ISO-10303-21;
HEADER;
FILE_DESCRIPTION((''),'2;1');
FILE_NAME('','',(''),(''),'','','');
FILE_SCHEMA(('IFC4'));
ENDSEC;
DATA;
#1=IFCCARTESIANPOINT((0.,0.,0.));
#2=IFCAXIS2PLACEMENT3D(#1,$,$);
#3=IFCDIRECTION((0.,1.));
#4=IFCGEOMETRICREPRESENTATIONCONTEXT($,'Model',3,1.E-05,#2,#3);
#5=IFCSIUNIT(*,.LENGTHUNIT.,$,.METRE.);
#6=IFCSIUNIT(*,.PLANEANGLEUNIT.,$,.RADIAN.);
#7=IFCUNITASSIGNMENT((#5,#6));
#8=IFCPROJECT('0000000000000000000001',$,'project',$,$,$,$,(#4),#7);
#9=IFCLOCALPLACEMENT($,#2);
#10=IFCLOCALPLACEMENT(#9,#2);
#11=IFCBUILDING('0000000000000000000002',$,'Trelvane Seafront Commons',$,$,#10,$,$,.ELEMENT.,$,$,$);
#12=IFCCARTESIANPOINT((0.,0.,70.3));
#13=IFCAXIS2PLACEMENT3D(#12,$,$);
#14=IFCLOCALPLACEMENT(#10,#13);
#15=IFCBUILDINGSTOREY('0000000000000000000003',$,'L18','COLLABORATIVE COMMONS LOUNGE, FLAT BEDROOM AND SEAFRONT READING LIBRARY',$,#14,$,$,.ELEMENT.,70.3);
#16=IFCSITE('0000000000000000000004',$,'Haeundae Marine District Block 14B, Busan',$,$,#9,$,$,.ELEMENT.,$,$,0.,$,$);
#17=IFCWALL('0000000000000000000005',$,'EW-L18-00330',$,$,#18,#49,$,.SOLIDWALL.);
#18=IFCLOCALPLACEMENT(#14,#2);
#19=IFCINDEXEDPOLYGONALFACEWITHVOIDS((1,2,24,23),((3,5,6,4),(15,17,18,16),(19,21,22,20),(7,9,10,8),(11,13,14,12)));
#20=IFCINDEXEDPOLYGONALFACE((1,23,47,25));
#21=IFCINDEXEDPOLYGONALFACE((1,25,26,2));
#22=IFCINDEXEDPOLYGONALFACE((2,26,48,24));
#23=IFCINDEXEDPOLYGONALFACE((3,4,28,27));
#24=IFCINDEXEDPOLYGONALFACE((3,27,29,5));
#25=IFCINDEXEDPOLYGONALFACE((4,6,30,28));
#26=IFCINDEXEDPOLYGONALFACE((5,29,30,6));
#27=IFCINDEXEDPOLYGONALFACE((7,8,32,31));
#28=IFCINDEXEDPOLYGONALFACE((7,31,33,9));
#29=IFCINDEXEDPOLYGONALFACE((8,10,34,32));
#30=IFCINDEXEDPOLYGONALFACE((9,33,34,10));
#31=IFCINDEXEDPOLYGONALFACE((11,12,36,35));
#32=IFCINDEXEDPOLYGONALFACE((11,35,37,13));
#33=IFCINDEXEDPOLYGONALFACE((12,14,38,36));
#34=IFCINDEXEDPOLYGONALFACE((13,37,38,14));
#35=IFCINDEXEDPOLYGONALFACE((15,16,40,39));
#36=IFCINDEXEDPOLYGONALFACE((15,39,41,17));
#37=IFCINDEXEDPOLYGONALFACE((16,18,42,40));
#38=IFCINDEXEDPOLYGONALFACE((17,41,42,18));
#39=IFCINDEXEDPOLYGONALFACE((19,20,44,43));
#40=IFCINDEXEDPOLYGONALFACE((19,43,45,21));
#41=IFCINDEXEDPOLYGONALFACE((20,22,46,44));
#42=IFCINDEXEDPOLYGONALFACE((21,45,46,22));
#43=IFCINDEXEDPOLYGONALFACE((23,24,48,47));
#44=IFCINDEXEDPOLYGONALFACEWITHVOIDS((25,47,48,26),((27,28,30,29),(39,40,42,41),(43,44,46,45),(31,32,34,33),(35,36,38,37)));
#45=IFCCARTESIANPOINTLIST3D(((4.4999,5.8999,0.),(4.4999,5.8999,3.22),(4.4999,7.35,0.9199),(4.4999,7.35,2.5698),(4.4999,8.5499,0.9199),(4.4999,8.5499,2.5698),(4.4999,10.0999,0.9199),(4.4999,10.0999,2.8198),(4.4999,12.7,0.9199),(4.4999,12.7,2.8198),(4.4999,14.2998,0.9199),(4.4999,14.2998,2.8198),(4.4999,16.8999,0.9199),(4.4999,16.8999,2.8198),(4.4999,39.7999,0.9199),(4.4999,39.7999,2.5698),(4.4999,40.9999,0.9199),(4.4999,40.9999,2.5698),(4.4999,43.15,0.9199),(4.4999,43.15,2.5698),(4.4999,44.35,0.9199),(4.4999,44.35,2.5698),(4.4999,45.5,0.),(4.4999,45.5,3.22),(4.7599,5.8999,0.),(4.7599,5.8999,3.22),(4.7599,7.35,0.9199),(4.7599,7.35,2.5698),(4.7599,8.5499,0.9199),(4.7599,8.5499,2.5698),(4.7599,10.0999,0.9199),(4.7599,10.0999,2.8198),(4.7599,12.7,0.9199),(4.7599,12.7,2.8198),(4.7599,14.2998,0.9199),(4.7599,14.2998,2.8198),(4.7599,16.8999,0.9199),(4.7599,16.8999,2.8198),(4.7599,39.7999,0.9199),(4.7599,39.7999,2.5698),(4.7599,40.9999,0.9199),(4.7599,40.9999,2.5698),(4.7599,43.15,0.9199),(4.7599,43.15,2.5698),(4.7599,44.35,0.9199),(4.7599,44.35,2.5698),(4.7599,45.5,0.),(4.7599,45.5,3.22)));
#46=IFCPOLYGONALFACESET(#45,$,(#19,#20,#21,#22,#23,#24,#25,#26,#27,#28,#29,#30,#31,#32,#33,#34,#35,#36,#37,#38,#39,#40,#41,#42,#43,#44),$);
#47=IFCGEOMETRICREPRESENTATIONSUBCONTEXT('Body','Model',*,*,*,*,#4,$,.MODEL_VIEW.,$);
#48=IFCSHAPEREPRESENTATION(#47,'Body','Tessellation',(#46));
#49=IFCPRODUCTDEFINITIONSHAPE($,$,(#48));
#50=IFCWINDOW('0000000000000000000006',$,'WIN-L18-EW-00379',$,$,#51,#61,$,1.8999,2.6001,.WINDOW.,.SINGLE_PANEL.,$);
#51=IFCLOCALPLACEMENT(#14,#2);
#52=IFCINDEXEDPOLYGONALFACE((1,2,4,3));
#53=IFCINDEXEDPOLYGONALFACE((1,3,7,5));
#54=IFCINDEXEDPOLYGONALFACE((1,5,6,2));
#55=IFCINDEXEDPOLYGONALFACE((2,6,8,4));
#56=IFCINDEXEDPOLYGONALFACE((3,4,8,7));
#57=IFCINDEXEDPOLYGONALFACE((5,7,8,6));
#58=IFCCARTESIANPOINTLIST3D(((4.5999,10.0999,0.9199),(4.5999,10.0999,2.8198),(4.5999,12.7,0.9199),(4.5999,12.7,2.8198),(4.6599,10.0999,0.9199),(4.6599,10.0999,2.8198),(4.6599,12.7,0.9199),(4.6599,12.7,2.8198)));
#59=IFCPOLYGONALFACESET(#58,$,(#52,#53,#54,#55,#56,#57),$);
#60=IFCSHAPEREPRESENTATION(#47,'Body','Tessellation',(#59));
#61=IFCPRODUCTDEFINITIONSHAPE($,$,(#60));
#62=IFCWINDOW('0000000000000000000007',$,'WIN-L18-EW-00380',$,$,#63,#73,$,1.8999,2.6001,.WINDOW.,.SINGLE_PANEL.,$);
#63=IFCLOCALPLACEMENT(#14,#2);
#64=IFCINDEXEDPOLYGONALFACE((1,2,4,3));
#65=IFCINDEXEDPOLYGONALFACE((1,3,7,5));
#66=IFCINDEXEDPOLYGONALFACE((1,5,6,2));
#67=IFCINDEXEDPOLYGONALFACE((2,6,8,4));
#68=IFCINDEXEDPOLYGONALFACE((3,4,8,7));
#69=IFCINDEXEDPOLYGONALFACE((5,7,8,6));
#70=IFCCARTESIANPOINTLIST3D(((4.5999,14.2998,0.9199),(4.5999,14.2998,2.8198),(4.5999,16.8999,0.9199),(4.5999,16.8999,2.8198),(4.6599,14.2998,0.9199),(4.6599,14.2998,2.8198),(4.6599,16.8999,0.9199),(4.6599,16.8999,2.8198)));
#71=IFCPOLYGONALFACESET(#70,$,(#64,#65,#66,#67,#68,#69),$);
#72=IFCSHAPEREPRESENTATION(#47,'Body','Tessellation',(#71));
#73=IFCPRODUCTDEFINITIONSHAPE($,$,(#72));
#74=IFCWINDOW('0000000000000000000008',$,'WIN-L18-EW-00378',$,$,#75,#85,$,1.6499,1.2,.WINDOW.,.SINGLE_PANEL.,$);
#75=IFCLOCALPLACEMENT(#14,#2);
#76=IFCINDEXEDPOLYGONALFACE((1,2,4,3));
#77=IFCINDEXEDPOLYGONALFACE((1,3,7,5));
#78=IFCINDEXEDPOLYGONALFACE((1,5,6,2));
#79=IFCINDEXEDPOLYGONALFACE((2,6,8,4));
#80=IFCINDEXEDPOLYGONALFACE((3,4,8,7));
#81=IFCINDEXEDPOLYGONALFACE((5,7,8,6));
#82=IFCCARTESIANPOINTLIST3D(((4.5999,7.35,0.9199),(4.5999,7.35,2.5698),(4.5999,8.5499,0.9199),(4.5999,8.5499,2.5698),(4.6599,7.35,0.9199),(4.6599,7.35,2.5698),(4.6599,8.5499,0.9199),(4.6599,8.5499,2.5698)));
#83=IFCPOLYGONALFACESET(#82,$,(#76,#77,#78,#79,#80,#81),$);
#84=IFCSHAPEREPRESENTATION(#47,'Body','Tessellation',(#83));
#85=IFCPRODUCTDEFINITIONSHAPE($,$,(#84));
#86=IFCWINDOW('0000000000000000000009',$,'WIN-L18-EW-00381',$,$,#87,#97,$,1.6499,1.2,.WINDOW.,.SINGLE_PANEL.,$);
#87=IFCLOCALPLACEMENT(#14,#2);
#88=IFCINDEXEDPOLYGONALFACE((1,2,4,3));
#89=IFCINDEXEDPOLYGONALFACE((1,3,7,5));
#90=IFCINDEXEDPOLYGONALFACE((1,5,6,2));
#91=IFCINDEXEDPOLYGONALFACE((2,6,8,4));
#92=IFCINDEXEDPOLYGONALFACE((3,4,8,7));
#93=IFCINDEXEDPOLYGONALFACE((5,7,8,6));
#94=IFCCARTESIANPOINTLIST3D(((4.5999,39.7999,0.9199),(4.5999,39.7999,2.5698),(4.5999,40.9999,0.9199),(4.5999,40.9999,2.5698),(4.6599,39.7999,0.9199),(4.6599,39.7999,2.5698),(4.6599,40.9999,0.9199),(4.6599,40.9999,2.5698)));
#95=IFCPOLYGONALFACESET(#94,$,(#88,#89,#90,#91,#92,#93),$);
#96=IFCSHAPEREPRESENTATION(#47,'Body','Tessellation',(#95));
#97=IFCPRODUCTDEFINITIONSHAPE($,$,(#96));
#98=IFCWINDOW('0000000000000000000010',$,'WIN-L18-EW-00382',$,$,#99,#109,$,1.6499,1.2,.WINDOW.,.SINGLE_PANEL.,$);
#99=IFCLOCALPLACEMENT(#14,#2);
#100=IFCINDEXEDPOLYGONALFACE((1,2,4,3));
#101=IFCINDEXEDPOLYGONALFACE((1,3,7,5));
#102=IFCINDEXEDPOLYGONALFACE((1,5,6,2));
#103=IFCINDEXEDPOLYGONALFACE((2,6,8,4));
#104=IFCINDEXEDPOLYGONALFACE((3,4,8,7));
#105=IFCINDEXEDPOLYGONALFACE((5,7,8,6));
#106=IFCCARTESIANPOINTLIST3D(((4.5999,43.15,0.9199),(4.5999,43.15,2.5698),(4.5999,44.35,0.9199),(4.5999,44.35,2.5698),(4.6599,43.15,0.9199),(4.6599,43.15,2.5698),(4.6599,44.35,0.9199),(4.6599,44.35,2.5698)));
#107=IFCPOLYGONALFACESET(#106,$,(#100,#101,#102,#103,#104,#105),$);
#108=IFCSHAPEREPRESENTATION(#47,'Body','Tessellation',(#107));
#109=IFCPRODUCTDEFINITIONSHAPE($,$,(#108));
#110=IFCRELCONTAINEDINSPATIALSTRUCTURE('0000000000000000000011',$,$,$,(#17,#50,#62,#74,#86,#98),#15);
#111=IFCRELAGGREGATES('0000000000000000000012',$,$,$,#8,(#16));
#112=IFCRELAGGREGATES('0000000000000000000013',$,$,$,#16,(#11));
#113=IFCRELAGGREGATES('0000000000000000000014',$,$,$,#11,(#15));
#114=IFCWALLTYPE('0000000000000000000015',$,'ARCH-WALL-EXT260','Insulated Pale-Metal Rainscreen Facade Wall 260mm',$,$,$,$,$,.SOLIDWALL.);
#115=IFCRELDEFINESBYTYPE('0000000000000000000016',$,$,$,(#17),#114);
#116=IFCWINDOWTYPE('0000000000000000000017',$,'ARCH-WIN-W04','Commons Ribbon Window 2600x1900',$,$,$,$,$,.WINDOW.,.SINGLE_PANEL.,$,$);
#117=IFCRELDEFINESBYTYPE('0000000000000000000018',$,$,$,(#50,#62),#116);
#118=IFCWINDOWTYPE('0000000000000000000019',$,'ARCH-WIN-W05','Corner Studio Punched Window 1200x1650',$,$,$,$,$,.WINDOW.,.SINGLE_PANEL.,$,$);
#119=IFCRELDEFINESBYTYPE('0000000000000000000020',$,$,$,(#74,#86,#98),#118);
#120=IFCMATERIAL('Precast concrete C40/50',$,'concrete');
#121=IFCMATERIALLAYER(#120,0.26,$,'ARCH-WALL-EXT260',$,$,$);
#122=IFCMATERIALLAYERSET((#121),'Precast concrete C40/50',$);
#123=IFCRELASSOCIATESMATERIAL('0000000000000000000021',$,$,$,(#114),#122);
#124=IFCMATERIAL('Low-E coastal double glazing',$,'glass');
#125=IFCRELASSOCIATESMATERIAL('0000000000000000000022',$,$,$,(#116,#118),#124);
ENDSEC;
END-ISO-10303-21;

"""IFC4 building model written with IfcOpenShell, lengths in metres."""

from ifc_helpers import new_model, si_unit, direction, frame, frame_2d, origin, place, context, subcontext, project, spatial, rectangle, extrude, source, transform, mapped, material, layer, layer_set, type_object, element, fill, save


model = new_model("IFC4")

# Units and contexts
model_context = context("Model", 3, precision=1e-05, world=origin(), true_north=direction((0.0, 1.0)))
body_context = subcontext(model_context, "Body", "Model", "MODEL_VIEW")
ifc_project = project(units=[si_unit("LENGTHUNIT", "METRE"), si_unit("PLANEANGLEUNIT", "RADIAN")], contexts=[model_context])

# Site, building, storey
site_placement = place(None, origin())
site = spatial("IfcSite", under=ifc_project, at=site_placement, Name="Haeundae Marine District Block 14B, Busan", CompositionType="ELEMENT", RefElevation=0.0)
building_placement = place(site_placement, origin())
building = spatial("IfcBuilding", under=site, at=building_placement, Name="Trelvane Seafront Commons", CompositionType="ELEMENT")
storey_placement = place(building_placement, frame((0.0, 0.0, 70.3)))
storey = spatial("IfcBuildingStorey", under=building, at=storey_placement, Name="L18", Description="COLLABORATIVE COMMONS LOUNGE, FLAT BEDROOM AND SEAFRONT READING LIBRARY", CompositionType="ELEMENT", Elevation=70.3)

# Shared definitions
ifc_material_1 = material(Name="Precast concrete C40/50", Category="concrete")
ifc_layer_1 = layer(ifc_material_1, 0.26, Name="ARCH-WALL-EXT260")
ifc_layer_set_1 = layer_set([ifc_layer_1], Name="Precast concrete C40/50")
wall_type_1 = type_object("IfcWallType", Name="ARCH-WALL-EXT260", Description="Insulated Pale-Metal Rainscreen Facade Wall 260mm", PredefinedType="SOLIDWALL", material=ifc_layer_set_1)

# Wall, openings, windows
wall_1_placement = place(storey_placement, frame((4.6299, 5.8999, 0.0), z_axis=(0.0, 0.0, 1.0), x_axis=(0.0, 1.0, 0.0)))
wall_1 = element("IfcWall", 1, at=wall_1_placement, inside=storey, type_object=wall_type_1, Name="EW-L18-00330", PredefinedType="SOLIDWALL", context=body_context, shape_type="SweptSolid", body=[
    extrude(rectangle(XDim=39.6001, YDim=0.26, at=frame_2d((19.8, 0.0))), origin(), (0.0, 0.0, 1.0), 3.22),
])
opening_1_placement = place(wall_1_placement, frame((1.45, 0.0, 0.9199)))
opening_1 = element("IfcOpeningElement", 2, at=opening_1_placement, cuts=wall_1, PredefinedType="OPENING", context=body_context, shape_type="SweptSolid", body=[
    extrude(rectangle(XDim=1.2, YDim=1.6499, at=frame_2d((0.6001, 0.825))), frame((0.0, 0.1399, 0.0), z_axis=(0.0, -1.0, 0.0), x_axis=(1.0, 0.0, 0.0)), (0.0, 0.0, 1.0), 0.28),
])
opening_2_placement = place(wall_1_placement, frame((4.2, 0.0, 0.9199)))
opening_2 = element("IfcOpeningElement", 3, at=opening_2_placement, cuts=wall_1, PredefinedType="OPENING", context=body_context, shape_type="SweptSolid", body=[
    extrude(rectangle(XDim=2.6001, YDim=1.8999, at=frame_2d((1.3, 0.95))), frame((0.0, 0.1399, 0.0), z_axis=(0.0, -1.0, 0.0), x_axis=(1.0, 0.0, 0.0)), (0.0, 0.0, 1.0), 0.28),
])
opening_3_placement = place(wall_1_placement, frame((8.3999, 0.0, 0.9199)))
opening_3 = element("IfcOpeningElement", 4, at=opening_3_placement, cuts=wall_1, PredefinedType="OPENING", context=body_context, shape_type="SweptSolid", body=[
    extrude(rectangle(XDim=2.6001, YDim=1.8999, at=frame_2d((1.3, 0.95))), frame((0.0, 0.1399, 0.0), z_axis=(0.0, -1.0, 0.0), x_axis=(1.0, 0.0, 0.0)), (0.0, 0.0, 1.0), 0.28),
])
opening_4_placement = place(wall_1_placement, frame((33.8999, 0.0, 0.9199)))
opening_4 = element("IfcOpeningElement", 5, at=opening_4_placement, cuts=wall_1, PredefinedType="OPENING", context=body_context, shape_type="SweptSolid", body=[
    extrude(rectangle(XDim=1.2, YDim=1.6499, at=frame_2d((0.6001, 0.825))), frame((0.0, 0.1399, 0.0), z_axis=(0.0, -1.0, 0.0), x_axis=(1.0, 0.0, 0.0)), (0.0, 0.0, 1.0), 0.28),
])
opening_5_placement = place(wall_1_placement, frame((37.25, 0.0, 0.9199)))
opening_5 = element("IfcOpeningElement", 6, at=opening_5_placement, cuts=wall_1, PredefinedType="OPENING", context=body_context, shape_type="SweptSolid", body=[
    extrude(rectangle(XDim=1.2, YDim=1.6499, at=frame_2d((0.6001, 0.825))), frame((0.0, 0.1399, 0.0), z_axis=(0.0, -1.0, 0.0), x_axis=(1.0, 0.0, 0.0)), (0.0, 0.0, 1.0), 0.28),
])
ifc_material_2 = material(Name="Low-E coastal double glazing", Category="glass")
window_type_1 = type_object("IfcWindowType", Name="ARCH-WIN-W04", Description="Commons Ribbon Window 2600x1900", PartitioningType="SINGLE_PANEL", PredefinedType="WINDOW", material=ifc_material_2)
shared_shape_1 = source(origin(), body_context, "Body", "SweptSolid", [
    extrude(rectangle(XDim=2.6001, YDim=1.8999, at=frame_2d((1.3, 0.95))), frame((0.0, 0.03, 0.0), z_axis=(0.0, -1.0, 0.0), x_axis=(1.0, 0.0, 0.0)), (0.0, 0.0, 1.0), 0.0601),
])
window_1_placement = place(opening_2_placement, origin())
window_1 = element("IfcWindow", 7, at=window_1_placement, inside=storey, type_object=window_type_1, Name="WIN-L18-EW-00379", OverallHeight=1.8999, OverallWidth=2.6001, PartitioningType="SINGLE_PANEL", PredefinedType="WINDOW", context=body_context, shape_type="MappedRepresentation", body=[
    mapped(shared_shape_1, transform((0.0, 0.0, 0.0), x_axis=(1.0, 0.0, 0.0), y_axis=(0.0, 1.0, 0.0), z_axis=(0.0, 0.0, 1.0), scale=1.0)),
])
fill(opening_2, window_1)
window_2_placement = place(opening_3_placement, origin())
window_2 = element("IfcWindow", 8, at=window_2_placement, inside=storey, type_object=window_type_1, Name="WIN-L18-EW-00380", OverallHeight=1.8999, OverallWidth=2.6001, PartitioningType="SINGLE_PANEL", PredefinedType="WINDOW", context=body_context, shape_type="MappedRepresentation", body=[
    mapped(shared_shape_1, transform((0.0, 0.0, 0.0), x_axis=(1.0, 0.0, 0.0), y_axis=(0.0, 1.0, 0.0), z_axis=(0.0, 0.0, 1.0), scale=1.0)),
])
fill(opening_3, window_2)
window_type_2 = type_object("IfcWindowType", Name="ARCH-WIN-W05", Description="Corner Studio Punched Window 1200x1650", PartitioningType="SINGLE_PANEL", PredefinedType="WINDOW", material=ifc_material_2)
shared_shape_2 = source(origin(), body_context, "Body", "SweptSolid", [
    extrude(rectangle(XDim=1.2, YDim=1.6499, at=frame_2d((0.6001, 0.825))), frame((0.0, 0.03, 0.0), z_axis=(0.0, -1.0, 0.0), x_axis=(1.0, 0.0, 0.0)), (0.0, 0.0, 1.0), 0.0601),
])
window_3_placement = place(opening_1_placement, origin())
window_3 = element("IfcWindow", 9, at=window_3_placement, inside=storey, type_object=window_type_2, Name="WIN-L18-EW-00378", OverallHeight=1.6499, OverallWidth=1.2, PartitioningType="SINGLE_PANEL", PredefinedType="WINDOW", context=body_context, shape_type="MappedRepresentation", body=[
    mapped(shared_shape_2, transform((0.0, 0.0, 0.0), x_axis=(1.0, 0.0, 0.0), y_axis=(0.0, 1.0, 0.0), z_axis=(0.0, 0.0, 1.0), scale=1.0)),
])
fill(opening_1, window_3)
window_4_placement = place(opening_4_placement, origin())
window_4 = element("IfcWindow", 10, at=window_4_placement, inside=storey, type_object=window_type_2, Name="WIN-L18-EW-00381", OverallHeight=1.6499, OverallWidth=1.2, PartitioningType="SINGLE_PANEL", PredefinedType="WINDOW", context=body_context, shape_type="MappedRepresentation", body=[
    mapped(shared_shape_2, transform((0.0, 0.0, 0.0), x_axis=(1.0, 0.0, 0.0), y_axis=(0.0, 1.0, 0.0), z_axis=(0.0, 0.0, 1.0), scale=1.0)),
])
fill(opening_4, window_4)
window_5_placement = place(opening_5_placement, origin())
window_5 = element("IfcWindow", 11, at=window_5_placement, inside=storey, type_object=window_type_2, Name="WIN-L18-EW-00382", OverallHeight=1.6499, OverallWidth=1.2, PartitioningType="SINGLE_PANEL", PredefinedType="WINDOW", context=body_context, shape_type="MappedRepresentation", body=[
    mapped(shared_shape_2, transform((0.0, 0.0, 0.0), x_axis=(1.0, 0.0, 0.0), y_axis=(0.0, 1.0, 0.0), z_axis=(0.0, 0.0, 1.0), scale=1.0)),
])
fill(opening_5, window_5)

save(model, "model.ifc")
